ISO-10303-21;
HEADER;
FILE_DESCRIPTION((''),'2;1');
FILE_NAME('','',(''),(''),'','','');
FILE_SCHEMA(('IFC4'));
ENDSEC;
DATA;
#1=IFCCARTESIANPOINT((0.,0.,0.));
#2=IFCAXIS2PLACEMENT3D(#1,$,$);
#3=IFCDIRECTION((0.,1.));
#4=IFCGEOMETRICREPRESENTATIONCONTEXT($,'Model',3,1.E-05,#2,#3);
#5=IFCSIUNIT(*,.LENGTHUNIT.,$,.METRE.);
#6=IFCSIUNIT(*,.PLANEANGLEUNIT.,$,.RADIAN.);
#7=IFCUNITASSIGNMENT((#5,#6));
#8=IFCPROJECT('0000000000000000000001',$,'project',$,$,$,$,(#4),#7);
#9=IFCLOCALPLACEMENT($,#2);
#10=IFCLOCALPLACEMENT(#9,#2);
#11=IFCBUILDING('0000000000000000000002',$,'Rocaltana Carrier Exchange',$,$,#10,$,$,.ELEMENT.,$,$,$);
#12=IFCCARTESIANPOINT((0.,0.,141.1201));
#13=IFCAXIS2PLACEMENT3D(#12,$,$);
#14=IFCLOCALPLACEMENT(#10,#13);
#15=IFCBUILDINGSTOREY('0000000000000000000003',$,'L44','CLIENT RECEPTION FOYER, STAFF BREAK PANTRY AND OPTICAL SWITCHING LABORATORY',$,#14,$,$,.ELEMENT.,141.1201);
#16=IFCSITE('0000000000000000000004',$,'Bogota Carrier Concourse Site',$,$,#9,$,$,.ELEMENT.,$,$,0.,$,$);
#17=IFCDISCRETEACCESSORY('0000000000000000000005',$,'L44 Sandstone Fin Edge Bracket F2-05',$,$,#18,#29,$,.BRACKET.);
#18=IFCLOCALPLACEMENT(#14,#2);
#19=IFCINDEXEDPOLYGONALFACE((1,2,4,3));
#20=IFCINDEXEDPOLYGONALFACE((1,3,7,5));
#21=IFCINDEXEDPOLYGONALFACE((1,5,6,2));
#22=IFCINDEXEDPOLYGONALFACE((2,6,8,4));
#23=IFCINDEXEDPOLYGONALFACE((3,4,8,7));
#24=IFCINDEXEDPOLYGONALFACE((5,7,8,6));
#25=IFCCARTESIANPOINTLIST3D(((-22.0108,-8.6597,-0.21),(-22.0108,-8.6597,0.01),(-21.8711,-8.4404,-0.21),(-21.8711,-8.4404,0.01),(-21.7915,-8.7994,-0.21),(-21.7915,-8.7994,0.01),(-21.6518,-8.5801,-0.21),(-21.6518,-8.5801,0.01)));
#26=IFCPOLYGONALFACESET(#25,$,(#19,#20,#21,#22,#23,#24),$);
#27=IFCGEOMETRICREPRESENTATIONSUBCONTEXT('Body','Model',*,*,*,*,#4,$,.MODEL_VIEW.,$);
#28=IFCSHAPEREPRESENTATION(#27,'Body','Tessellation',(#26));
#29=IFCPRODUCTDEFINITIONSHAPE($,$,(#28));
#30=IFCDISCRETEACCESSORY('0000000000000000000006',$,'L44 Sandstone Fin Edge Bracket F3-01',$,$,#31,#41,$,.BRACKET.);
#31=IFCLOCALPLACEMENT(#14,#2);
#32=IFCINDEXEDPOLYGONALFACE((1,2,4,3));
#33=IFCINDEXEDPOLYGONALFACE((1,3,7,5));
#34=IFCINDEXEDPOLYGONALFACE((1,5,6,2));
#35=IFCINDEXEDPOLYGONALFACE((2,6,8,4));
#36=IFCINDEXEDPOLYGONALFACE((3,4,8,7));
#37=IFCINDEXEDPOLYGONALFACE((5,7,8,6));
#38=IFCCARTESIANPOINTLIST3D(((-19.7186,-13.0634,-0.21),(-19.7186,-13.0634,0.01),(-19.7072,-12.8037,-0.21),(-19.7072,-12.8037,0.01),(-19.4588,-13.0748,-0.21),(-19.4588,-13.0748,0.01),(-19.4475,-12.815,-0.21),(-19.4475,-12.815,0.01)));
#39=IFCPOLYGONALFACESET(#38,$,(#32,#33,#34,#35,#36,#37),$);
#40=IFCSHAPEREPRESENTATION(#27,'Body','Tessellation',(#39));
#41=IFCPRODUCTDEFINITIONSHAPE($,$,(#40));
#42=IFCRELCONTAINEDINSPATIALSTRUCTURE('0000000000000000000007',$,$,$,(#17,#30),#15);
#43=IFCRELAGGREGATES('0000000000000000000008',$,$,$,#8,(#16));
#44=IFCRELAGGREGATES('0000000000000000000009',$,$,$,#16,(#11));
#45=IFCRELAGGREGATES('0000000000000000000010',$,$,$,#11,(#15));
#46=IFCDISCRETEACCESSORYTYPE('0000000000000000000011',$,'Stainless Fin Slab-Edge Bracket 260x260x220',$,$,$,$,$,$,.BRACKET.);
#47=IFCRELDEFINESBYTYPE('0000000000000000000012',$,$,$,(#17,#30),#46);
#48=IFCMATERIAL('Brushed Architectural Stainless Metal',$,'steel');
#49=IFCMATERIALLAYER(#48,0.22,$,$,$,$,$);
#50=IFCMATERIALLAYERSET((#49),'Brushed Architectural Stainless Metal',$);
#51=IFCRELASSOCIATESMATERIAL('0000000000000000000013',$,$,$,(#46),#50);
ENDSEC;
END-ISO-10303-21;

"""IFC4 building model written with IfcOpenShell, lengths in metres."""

from ifc_helpers import new_model, si_unit, direction, frame, origin, origin_2d, place, context, subcontext, project, spatial, rectangle, extrude, material, layer, layer_set, type_object, element, save


model = new_model("IFC4")

# Units and contexts
model_context = context("Model", 3, precision=1e-05, world=origin(), true_north=direction((0.0, 1.0)))
body_context = subcontext(model_context, "Body", "Model", "MODEL_VIEW")
ifc_project = project(units=[si_unit("LENGTHUNIT", "METRE"), si_unit("PLANEANGLEUNIT", "RADIAN")], contexts=[model_context])

# Site, building, storey
site_placement = place(None, origin())
site = spatial("IfcSite", under=ifc_project, at=site_placement, Name="Bogota Carrier Concourse Site", CompositionType="ELEMENT", RefElevation=0.0)
building_placement = place(site_placement, origin())
building = spatial("IfcBuilding", under=site, at=building_placement, Name="Rocaltana Carrier Exchange", CompositionType="ELEMENT")
storey_placement = place(building_placement, frame((0.0, 0.0, 141.1201)))
storey = spatial("IfcBuildingStorey", under=building, at=storey_placement, Name="L44", Description="CLIENT RECEPTION FOYER, STAFF BREAK PANTRY AND OPTICAL SWITCHING LABORATORY", CompositionType="ELEMENT", Elevation=141.1201)

# Discrete accessories
ifc_material_1 = material(Name="Brushed Architectural Stainless Metal", Category="steel")
ifc_layer_1 = layer(ifc_material_1, 0.22)
ifc_layer_set_1 = layer_set([ifc_layer_1], Name="Brushed Architectural Stainless Metal")
discrete_accessory_type = type_object("IfcDiscreteAccessoryType", Name="Stainless Fin Slab-Edge Bracket 260x260x220", PredefinedType="BRACKET", material=ifc_layer_set_1)
for number, where, z_axis, x_axis, name in (
    (1, (-21.8313, -8.6199, -0.21), (0.0, 0.0, 1.0), (-0.5373, -0.843391, 0.0), "L44 Sandstone Fin Edge Bracket F2-05"),
    (2, (-19.583, -12.9392, -0.21), (0.0, 0.0, 1.0), (0.999048, -0.043619, 0.0), "L44 Sandstone Fin Edge Bracket F3-01"),
):
    element("IfcDiscreteAccessory", number, at=place(storey_placement, frame(where, z_axis=z_axis, x_axis=x_axis)), inside=storey, type_object=discrete_accessory_type, Name=name, PredefinedType="BRACKET", context=body_context, shape_type="SweptSolid", body=[
        extrude(rectangle(XDim=0.26, YDim=0.26, at=origin_2d()), origin(), (0.0, 0.0, 1.0), 0.22),
    ])

save(model, "model.ifc")
